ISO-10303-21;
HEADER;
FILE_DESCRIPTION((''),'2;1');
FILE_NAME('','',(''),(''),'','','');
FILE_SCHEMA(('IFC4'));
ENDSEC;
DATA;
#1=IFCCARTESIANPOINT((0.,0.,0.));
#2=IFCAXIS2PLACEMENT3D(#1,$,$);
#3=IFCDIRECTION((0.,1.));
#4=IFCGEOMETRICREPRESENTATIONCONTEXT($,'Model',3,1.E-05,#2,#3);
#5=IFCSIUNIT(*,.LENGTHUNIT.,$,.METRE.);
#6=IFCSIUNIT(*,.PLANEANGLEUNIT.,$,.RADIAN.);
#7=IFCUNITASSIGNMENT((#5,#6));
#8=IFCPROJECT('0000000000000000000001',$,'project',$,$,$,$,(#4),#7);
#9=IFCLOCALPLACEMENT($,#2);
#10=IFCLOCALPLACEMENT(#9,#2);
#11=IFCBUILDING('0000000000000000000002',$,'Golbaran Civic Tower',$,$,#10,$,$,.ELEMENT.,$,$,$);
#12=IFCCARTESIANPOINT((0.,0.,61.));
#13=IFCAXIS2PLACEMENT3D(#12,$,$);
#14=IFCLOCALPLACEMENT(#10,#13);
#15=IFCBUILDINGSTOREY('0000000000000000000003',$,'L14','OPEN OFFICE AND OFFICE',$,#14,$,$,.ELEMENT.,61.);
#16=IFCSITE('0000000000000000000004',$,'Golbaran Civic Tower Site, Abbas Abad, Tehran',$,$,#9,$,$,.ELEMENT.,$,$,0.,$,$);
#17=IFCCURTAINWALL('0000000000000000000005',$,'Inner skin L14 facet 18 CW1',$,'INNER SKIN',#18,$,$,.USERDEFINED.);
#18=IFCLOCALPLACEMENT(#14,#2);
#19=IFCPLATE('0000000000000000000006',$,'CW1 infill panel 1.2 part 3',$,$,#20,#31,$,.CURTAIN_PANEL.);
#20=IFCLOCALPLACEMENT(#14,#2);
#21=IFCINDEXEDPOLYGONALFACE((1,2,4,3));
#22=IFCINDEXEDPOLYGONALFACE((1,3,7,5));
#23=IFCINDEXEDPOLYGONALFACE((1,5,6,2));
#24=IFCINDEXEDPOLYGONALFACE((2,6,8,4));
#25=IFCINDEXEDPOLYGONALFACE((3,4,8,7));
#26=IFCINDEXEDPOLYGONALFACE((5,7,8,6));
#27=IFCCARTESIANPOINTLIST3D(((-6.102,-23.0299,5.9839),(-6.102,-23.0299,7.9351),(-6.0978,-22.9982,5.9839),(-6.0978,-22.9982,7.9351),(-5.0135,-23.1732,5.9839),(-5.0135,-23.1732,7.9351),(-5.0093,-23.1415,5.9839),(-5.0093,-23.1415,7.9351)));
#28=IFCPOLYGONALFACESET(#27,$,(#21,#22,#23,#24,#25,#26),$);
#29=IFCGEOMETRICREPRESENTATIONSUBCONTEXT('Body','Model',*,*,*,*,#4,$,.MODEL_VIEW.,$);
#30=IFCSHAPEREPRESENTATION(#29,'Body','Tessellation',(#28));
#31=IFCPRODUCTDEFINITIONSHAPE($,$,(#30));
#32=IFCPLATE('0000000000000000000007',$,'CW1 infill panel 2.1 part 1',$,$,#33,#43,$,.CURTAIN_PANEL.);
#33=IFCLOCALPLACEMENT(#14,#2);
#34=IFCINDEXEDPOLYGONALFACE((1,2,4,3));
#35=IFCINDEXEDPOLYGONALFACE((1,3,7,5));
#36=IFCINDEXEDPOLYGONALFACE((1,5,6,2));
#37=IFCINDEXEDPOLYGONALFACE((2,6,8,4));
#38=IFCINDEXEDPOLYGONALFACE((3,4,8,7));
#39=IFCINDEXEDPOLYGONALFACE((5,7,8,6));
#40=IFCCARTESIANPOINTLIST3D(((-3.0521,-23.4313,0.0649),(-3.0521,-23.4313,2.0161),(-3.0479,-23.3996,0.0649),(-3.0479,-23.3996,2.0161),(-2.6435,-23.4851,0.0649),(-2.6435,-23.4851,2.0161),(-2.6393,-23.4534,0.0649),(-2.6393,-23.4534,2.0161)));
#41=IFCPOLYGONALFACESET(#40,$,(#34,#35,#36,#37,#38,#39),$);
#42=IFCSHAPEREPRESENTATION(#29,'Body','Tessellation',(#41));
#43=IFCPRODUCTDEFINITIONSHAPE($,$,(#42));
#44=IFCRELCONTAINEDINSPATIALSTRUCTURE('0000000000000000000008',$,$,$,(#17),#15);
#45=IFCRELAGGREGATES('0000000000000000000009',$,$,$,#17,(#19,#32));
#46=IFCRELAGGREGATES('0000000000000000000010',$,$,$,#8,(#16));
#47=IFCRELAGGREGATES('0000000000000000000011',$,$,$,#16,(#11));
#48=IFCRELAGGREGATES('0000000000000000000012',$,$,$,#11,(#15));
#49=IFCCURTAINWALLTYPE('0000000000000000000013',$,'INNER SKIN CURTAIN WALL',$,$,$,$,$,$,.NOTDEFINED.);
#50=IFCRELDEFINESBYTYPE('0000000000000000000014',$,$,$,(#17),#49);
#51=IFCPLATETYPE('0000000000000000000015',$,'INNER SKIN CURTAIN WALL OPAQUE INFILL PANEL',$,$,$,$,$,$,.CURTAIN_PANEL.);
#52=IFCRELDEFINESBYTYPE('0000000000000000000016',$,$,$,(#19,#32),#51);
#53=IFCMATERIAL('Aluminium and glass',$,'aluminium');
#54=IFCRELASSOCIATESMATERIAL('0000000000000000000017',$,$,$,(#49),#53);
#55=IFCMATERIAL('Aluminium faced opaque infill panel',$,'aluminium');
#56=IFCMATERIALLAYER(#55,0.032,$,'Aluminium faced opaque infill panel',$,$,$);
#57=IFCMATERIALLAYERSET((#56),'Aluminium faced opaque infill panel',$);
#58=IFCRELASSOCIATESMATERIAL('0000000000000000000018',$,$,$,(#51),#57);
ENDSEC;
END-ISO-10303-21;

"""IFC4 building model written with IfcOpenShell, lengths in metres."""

from ifc_helpers import new_model, si_unit, direction, frame, origin, origin_2d, place, context, subcontext, project, spatial, rectangle, extrude, material, layer, layer_set, type_object, element, aggregate, save


model = new_model("IFC4")

# Units and contexts
model_context = context("Model", 3, precision=1e-05, world=origin(), true_north=direction((0.0, 1.0)))
body_context = subcontext(model_context, "Body", "Model", "MODEL_VIEW")
ifc_project = project(units=[si_unit("LENGTHUNIT", "METRE"), si_unit("PLANEANGLEUNIT", "RADIAN")], contexts=[model_context])

# Site, building, storey
site_placement = place(None, origin())
site = spatial("IfcSite", under=ifc_project, at=site_placement, Name="Golbaran Civic Tower Site, Abbas Abad, Tehran", CompositionType="ELEMENT", RefElevation=0.0)
building_placement = place(site_placement, origin())
building = spatial("IfcBuilding", under=site, at=building_placement, Name="Golbaran Civic Tower", CompositionType="ELEMENT")
storey_placement = place(building_placement, frame((0.0, 0.0, 61.0)))
storey = spatial("IfcBuildingStorey", under=building, at=storey_placement, Name="L14", Description="OPEN OFFICE AND OFFICE", CompositionType="ELEMENT", Elevation=61.0)

# Curtain wall
ifc_material_1 = material(Name="Aluminium and glass", Category="aluminium")
curtain_wall_type = type_object("IfcCurtainWallType", Name="INNER SKIN CURTAIN WALL", PredefinedType="NOTDEFINED", material=ifc_material_1)
curtain_wall_1_placement = place(storey_placement, origin())
curtain_wall_1 = element("IfcCurtainWall", 1, at=curtain_wall_1_placement, inside=storey, type_object=curtain_wall_type, Name="Inner skin L14 facet 18 CW1", ObjectType="INNER SKIN", PredefinedType="USERDEFINED")

# Plates
ifc_material_2 = material(Name="Aluminium faced opaque infill panel", Category="aluminium")
ifc_layer_1 = layer(ifc_material_2, 0.032, Name="Aluminium faced opaque infill panel")
ifc_layer_set_1 = layer_set([ifc_layer_1], Name="Aluminium faced opaque infill panel")
plate_type_1 = type_object("IfcPlateType", Name="INNER SKIN CURTAIN WALL OPAQUE INFILL PANEL", PredefinedType="CURTAIN_PANEL", material=ifc_layer_set_1)
plate_1_placement = place(storey_placement, frame((-5.5557, -23.0857, 5.9839), z_axis=(0.0, 0.0, 1.0), x_axis=(0.991445, -0.130526, 0.0)))
plate_1 = element("IfcPlate", 2, at=plate_1_placement, type_object=plate_type_1, Name="CW1 infill panel 1.2 part 3", PredefinedType="CURTAIN_PANEL", context=body_context, shape_type="SweptSolid", body=[
    extrude(rectangle(XDim=1.0979, YDim=0.032, at=origin_2d()), origin(), (0.0, 0.0, 1.0), 1.9512),
])
plate_2_placement = place(storey_placement, frame((-2.8457, -23.4424, 0.0649), z_axis=(0.0, 0.0, 1.0), x_axis=(0.991445, -0.130526, 0.0)))
plate_2 = element("IfcPlate", 3, at=plate_2_placement, type_object=plate_type_1, Name="CW1 infill panel 2.1 part 1", PredefinedType="CURTAIN_PANEL", context=body_context, shape_type="SweptSolid", body=[
    extrude(rectangle(XDim=0.4121, YDim=0.032, at=origin_2d()), origin(), (0.0, 0.0, 1.0), 1.9512),
])
aggregate(curtain_wall_1, [plate_1, plate_2])

save(model, "model.ifc")
